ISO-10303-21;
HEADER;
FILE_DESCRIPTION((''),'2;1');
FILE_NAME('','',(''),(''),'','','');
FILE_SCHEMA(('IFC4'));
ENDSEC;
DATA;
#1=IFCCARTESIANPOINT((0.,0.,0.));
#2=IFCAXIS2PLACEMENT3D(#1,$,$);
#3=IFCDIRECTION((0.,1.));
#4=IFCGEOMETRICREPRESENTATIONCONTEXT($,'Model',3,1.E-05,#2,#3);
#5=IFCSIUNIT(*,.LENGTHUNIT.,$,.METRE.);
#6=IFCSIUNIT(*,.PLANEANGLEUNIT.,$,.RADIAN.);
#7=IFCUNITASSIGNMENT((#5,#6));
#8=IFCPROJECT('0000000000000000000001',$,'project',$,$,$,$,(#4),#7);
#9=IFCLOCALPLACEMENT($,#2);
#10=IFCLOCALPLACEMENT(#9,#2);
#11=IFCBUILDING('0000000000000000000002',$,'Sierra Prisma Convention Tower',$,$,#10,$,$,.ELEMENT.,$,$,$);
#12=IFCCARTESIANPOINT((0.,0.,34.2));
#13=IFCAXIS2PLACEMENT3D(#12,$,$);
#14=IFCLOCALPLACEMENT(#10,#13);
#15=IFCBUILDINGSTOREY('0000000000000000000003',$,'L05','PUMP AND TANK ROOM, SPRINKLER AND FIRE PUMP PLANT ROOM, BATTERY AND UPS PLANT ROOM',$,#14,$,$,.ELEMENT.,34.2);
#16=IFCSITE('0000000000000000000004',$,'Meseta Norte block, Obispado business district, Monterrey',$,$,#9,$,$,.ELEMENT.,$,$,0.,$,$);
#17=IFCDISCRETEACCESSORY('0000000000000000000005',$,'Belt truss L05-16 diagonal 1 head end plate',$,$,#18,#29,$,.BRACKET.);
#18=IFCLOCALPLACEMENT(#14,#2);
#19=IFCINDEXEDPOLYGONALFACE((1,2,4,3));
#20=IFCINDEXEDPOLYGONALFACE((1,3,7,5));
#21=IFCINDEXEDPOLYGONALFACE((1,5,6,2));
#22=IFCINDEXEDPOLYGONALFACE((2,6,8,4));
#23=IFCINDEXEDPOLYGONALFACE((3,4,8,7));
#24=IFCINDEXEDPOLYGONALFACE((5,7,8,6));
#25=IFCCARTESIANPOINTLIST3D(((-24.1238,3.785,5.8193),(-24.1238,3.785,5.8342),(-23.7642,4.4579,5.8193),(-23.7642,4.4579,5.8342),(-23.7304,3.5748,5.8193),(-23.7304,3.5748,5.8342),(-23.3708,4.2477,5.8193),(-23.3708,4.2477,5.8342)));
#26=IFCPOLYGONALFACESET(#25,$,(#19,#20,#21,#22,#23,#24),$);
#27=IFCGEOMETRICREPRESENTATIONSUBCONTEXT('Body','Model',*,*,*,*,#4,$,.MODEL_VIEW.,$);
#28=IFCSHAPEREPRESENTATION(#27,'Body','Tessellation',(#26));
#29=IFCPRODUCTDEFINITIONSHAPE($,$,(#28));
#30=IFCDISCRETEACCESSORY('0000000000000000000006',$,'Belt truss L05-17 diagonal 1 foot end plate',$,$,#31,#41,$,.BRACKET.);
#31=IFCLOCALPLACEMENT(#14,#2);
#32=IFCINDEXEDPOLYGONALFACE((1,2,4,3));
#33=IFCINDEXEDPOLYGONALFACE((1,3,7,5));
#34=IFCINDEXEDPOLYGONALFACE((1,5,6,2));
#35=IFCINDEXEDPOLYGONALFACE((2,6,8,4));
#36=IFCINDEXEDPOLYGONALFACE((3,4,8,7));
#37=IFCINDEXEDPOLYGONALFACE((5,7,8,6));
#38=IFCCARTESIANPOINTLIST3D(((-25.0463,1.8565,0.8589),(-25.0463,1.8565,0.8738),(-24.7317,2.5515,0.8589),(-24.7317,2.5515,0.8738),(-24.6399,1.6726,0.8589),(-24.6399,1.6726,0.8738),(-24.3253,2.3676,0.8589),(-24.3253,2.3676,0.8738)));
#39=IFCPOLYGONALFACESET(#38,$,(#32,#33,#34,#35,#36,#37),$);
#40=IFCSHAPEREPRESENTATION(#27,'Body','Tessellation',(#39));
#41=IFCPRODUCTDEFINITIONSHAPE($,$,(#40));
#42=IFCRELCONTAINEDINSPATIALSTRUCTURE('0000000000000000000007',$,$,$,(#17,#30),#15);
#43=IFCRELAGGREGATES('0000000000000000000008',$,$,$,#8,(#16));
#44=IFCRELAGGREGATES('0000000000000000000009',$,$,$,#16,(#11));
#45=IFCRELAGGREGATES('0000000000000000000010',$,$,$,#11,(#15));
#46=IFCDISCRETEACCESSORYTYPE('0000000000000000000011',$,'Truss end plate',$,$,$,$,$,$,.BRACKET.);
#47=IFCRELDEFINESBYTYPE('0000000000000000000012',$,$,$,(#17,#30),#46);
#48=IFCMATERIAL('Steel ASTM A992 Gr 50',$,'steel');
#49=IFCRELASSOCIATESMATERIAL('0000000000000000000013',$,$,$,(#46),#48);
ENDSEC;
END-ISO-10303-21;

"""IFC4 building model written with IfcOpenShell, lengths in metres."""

from ifc_helpers import new_model, si_unit, direction, frame, origin, origin_2d, place, context, subcontext, project, spatial, rectangle, extrude, material, type_object, element, save


model = new_model("IFC4")

# Units and contexts
model_context = context("Model", 3, precision=1e-05, world=origin(), true_north=direction((0.0, 1.0)))
body_context = subcontext(model_context, "Body", "Model", "MODEL_VIEW")
ifc_project = project(units=[si_unit("LENGTHUNIT", "METRE"), si_unit("PLANEANGLEUNIT", "RADIAN")], contexts=[model_context])

# Site, building, storey
site_placement = place(None, origin())
site = spatial("IfcSite", under=ifc_project, at=site_placement, Name="Meseta Norte block, Obispado business district, Monterrey", CompositionType="ELEMENT", RefElevation=0.0)
building_placement = place(site_placement, origin())
building = spatial("IfcBuilding", under=site, at=building_placement, Name="Sierra Prisma Convention Tower", CompositionType="ELEMENT")
storey_placement = place(building_placement, frame((0.0, 0.0, 34.2)))
storey = spatial("IfcBuildingStorey", under=building, at=storey_placement, Name="L05", Description="PUMP AND TANK ROOM, SPRINKLER AND FIRE PUMP PLANT ROOM, BATTERY AND UPS PLANT ROOM", CompositionType="ELEMENT", Elevation=34.2)

# Discrete accessories
ifc_material_1 = material(Name="Steel ASTM A992 Gr 50", Category="steel")
discrete_accessory_type = type_object("IfcDiscreteAccessoryType", Name="Truss end plate", PredefinedType="BRACKET", material=ifc_material_1)
for number, where, z_axis, x_axis, name in (
    (1, (-23.7473, 4.0164, 5.8193), (0.0, 0.0, 1.0), (-0.471264, -0.881992, 0.0), "Belt truss L05-16 diagonal 1 head end plate"),
    (2, (-24.6858, 2.1121, 0.8589), (0.0, 0.0, 1.0), (-0.412298, -0.911049, 0.0), "Belt truss L05-17 diagonal 1 foot end plate"),
):
    element("IfcDiscreteAccessory", number, at=place(storey_placement, frame(where, z_axis=z_axis, x_axis=x_axis)), inside=storey, type_object=discrete_accessory_type, Name=name, PredefinedType="BRACKET", context=body_context, shape_type="SweptSolid", body=[
        extrude(rectangle(XDim=0.7629, YDim=0.446, at=origin_2d()), origin(), (0.0, 0.0, 1.0), 0.0149),
    ])

save(model, "model.ifc")
